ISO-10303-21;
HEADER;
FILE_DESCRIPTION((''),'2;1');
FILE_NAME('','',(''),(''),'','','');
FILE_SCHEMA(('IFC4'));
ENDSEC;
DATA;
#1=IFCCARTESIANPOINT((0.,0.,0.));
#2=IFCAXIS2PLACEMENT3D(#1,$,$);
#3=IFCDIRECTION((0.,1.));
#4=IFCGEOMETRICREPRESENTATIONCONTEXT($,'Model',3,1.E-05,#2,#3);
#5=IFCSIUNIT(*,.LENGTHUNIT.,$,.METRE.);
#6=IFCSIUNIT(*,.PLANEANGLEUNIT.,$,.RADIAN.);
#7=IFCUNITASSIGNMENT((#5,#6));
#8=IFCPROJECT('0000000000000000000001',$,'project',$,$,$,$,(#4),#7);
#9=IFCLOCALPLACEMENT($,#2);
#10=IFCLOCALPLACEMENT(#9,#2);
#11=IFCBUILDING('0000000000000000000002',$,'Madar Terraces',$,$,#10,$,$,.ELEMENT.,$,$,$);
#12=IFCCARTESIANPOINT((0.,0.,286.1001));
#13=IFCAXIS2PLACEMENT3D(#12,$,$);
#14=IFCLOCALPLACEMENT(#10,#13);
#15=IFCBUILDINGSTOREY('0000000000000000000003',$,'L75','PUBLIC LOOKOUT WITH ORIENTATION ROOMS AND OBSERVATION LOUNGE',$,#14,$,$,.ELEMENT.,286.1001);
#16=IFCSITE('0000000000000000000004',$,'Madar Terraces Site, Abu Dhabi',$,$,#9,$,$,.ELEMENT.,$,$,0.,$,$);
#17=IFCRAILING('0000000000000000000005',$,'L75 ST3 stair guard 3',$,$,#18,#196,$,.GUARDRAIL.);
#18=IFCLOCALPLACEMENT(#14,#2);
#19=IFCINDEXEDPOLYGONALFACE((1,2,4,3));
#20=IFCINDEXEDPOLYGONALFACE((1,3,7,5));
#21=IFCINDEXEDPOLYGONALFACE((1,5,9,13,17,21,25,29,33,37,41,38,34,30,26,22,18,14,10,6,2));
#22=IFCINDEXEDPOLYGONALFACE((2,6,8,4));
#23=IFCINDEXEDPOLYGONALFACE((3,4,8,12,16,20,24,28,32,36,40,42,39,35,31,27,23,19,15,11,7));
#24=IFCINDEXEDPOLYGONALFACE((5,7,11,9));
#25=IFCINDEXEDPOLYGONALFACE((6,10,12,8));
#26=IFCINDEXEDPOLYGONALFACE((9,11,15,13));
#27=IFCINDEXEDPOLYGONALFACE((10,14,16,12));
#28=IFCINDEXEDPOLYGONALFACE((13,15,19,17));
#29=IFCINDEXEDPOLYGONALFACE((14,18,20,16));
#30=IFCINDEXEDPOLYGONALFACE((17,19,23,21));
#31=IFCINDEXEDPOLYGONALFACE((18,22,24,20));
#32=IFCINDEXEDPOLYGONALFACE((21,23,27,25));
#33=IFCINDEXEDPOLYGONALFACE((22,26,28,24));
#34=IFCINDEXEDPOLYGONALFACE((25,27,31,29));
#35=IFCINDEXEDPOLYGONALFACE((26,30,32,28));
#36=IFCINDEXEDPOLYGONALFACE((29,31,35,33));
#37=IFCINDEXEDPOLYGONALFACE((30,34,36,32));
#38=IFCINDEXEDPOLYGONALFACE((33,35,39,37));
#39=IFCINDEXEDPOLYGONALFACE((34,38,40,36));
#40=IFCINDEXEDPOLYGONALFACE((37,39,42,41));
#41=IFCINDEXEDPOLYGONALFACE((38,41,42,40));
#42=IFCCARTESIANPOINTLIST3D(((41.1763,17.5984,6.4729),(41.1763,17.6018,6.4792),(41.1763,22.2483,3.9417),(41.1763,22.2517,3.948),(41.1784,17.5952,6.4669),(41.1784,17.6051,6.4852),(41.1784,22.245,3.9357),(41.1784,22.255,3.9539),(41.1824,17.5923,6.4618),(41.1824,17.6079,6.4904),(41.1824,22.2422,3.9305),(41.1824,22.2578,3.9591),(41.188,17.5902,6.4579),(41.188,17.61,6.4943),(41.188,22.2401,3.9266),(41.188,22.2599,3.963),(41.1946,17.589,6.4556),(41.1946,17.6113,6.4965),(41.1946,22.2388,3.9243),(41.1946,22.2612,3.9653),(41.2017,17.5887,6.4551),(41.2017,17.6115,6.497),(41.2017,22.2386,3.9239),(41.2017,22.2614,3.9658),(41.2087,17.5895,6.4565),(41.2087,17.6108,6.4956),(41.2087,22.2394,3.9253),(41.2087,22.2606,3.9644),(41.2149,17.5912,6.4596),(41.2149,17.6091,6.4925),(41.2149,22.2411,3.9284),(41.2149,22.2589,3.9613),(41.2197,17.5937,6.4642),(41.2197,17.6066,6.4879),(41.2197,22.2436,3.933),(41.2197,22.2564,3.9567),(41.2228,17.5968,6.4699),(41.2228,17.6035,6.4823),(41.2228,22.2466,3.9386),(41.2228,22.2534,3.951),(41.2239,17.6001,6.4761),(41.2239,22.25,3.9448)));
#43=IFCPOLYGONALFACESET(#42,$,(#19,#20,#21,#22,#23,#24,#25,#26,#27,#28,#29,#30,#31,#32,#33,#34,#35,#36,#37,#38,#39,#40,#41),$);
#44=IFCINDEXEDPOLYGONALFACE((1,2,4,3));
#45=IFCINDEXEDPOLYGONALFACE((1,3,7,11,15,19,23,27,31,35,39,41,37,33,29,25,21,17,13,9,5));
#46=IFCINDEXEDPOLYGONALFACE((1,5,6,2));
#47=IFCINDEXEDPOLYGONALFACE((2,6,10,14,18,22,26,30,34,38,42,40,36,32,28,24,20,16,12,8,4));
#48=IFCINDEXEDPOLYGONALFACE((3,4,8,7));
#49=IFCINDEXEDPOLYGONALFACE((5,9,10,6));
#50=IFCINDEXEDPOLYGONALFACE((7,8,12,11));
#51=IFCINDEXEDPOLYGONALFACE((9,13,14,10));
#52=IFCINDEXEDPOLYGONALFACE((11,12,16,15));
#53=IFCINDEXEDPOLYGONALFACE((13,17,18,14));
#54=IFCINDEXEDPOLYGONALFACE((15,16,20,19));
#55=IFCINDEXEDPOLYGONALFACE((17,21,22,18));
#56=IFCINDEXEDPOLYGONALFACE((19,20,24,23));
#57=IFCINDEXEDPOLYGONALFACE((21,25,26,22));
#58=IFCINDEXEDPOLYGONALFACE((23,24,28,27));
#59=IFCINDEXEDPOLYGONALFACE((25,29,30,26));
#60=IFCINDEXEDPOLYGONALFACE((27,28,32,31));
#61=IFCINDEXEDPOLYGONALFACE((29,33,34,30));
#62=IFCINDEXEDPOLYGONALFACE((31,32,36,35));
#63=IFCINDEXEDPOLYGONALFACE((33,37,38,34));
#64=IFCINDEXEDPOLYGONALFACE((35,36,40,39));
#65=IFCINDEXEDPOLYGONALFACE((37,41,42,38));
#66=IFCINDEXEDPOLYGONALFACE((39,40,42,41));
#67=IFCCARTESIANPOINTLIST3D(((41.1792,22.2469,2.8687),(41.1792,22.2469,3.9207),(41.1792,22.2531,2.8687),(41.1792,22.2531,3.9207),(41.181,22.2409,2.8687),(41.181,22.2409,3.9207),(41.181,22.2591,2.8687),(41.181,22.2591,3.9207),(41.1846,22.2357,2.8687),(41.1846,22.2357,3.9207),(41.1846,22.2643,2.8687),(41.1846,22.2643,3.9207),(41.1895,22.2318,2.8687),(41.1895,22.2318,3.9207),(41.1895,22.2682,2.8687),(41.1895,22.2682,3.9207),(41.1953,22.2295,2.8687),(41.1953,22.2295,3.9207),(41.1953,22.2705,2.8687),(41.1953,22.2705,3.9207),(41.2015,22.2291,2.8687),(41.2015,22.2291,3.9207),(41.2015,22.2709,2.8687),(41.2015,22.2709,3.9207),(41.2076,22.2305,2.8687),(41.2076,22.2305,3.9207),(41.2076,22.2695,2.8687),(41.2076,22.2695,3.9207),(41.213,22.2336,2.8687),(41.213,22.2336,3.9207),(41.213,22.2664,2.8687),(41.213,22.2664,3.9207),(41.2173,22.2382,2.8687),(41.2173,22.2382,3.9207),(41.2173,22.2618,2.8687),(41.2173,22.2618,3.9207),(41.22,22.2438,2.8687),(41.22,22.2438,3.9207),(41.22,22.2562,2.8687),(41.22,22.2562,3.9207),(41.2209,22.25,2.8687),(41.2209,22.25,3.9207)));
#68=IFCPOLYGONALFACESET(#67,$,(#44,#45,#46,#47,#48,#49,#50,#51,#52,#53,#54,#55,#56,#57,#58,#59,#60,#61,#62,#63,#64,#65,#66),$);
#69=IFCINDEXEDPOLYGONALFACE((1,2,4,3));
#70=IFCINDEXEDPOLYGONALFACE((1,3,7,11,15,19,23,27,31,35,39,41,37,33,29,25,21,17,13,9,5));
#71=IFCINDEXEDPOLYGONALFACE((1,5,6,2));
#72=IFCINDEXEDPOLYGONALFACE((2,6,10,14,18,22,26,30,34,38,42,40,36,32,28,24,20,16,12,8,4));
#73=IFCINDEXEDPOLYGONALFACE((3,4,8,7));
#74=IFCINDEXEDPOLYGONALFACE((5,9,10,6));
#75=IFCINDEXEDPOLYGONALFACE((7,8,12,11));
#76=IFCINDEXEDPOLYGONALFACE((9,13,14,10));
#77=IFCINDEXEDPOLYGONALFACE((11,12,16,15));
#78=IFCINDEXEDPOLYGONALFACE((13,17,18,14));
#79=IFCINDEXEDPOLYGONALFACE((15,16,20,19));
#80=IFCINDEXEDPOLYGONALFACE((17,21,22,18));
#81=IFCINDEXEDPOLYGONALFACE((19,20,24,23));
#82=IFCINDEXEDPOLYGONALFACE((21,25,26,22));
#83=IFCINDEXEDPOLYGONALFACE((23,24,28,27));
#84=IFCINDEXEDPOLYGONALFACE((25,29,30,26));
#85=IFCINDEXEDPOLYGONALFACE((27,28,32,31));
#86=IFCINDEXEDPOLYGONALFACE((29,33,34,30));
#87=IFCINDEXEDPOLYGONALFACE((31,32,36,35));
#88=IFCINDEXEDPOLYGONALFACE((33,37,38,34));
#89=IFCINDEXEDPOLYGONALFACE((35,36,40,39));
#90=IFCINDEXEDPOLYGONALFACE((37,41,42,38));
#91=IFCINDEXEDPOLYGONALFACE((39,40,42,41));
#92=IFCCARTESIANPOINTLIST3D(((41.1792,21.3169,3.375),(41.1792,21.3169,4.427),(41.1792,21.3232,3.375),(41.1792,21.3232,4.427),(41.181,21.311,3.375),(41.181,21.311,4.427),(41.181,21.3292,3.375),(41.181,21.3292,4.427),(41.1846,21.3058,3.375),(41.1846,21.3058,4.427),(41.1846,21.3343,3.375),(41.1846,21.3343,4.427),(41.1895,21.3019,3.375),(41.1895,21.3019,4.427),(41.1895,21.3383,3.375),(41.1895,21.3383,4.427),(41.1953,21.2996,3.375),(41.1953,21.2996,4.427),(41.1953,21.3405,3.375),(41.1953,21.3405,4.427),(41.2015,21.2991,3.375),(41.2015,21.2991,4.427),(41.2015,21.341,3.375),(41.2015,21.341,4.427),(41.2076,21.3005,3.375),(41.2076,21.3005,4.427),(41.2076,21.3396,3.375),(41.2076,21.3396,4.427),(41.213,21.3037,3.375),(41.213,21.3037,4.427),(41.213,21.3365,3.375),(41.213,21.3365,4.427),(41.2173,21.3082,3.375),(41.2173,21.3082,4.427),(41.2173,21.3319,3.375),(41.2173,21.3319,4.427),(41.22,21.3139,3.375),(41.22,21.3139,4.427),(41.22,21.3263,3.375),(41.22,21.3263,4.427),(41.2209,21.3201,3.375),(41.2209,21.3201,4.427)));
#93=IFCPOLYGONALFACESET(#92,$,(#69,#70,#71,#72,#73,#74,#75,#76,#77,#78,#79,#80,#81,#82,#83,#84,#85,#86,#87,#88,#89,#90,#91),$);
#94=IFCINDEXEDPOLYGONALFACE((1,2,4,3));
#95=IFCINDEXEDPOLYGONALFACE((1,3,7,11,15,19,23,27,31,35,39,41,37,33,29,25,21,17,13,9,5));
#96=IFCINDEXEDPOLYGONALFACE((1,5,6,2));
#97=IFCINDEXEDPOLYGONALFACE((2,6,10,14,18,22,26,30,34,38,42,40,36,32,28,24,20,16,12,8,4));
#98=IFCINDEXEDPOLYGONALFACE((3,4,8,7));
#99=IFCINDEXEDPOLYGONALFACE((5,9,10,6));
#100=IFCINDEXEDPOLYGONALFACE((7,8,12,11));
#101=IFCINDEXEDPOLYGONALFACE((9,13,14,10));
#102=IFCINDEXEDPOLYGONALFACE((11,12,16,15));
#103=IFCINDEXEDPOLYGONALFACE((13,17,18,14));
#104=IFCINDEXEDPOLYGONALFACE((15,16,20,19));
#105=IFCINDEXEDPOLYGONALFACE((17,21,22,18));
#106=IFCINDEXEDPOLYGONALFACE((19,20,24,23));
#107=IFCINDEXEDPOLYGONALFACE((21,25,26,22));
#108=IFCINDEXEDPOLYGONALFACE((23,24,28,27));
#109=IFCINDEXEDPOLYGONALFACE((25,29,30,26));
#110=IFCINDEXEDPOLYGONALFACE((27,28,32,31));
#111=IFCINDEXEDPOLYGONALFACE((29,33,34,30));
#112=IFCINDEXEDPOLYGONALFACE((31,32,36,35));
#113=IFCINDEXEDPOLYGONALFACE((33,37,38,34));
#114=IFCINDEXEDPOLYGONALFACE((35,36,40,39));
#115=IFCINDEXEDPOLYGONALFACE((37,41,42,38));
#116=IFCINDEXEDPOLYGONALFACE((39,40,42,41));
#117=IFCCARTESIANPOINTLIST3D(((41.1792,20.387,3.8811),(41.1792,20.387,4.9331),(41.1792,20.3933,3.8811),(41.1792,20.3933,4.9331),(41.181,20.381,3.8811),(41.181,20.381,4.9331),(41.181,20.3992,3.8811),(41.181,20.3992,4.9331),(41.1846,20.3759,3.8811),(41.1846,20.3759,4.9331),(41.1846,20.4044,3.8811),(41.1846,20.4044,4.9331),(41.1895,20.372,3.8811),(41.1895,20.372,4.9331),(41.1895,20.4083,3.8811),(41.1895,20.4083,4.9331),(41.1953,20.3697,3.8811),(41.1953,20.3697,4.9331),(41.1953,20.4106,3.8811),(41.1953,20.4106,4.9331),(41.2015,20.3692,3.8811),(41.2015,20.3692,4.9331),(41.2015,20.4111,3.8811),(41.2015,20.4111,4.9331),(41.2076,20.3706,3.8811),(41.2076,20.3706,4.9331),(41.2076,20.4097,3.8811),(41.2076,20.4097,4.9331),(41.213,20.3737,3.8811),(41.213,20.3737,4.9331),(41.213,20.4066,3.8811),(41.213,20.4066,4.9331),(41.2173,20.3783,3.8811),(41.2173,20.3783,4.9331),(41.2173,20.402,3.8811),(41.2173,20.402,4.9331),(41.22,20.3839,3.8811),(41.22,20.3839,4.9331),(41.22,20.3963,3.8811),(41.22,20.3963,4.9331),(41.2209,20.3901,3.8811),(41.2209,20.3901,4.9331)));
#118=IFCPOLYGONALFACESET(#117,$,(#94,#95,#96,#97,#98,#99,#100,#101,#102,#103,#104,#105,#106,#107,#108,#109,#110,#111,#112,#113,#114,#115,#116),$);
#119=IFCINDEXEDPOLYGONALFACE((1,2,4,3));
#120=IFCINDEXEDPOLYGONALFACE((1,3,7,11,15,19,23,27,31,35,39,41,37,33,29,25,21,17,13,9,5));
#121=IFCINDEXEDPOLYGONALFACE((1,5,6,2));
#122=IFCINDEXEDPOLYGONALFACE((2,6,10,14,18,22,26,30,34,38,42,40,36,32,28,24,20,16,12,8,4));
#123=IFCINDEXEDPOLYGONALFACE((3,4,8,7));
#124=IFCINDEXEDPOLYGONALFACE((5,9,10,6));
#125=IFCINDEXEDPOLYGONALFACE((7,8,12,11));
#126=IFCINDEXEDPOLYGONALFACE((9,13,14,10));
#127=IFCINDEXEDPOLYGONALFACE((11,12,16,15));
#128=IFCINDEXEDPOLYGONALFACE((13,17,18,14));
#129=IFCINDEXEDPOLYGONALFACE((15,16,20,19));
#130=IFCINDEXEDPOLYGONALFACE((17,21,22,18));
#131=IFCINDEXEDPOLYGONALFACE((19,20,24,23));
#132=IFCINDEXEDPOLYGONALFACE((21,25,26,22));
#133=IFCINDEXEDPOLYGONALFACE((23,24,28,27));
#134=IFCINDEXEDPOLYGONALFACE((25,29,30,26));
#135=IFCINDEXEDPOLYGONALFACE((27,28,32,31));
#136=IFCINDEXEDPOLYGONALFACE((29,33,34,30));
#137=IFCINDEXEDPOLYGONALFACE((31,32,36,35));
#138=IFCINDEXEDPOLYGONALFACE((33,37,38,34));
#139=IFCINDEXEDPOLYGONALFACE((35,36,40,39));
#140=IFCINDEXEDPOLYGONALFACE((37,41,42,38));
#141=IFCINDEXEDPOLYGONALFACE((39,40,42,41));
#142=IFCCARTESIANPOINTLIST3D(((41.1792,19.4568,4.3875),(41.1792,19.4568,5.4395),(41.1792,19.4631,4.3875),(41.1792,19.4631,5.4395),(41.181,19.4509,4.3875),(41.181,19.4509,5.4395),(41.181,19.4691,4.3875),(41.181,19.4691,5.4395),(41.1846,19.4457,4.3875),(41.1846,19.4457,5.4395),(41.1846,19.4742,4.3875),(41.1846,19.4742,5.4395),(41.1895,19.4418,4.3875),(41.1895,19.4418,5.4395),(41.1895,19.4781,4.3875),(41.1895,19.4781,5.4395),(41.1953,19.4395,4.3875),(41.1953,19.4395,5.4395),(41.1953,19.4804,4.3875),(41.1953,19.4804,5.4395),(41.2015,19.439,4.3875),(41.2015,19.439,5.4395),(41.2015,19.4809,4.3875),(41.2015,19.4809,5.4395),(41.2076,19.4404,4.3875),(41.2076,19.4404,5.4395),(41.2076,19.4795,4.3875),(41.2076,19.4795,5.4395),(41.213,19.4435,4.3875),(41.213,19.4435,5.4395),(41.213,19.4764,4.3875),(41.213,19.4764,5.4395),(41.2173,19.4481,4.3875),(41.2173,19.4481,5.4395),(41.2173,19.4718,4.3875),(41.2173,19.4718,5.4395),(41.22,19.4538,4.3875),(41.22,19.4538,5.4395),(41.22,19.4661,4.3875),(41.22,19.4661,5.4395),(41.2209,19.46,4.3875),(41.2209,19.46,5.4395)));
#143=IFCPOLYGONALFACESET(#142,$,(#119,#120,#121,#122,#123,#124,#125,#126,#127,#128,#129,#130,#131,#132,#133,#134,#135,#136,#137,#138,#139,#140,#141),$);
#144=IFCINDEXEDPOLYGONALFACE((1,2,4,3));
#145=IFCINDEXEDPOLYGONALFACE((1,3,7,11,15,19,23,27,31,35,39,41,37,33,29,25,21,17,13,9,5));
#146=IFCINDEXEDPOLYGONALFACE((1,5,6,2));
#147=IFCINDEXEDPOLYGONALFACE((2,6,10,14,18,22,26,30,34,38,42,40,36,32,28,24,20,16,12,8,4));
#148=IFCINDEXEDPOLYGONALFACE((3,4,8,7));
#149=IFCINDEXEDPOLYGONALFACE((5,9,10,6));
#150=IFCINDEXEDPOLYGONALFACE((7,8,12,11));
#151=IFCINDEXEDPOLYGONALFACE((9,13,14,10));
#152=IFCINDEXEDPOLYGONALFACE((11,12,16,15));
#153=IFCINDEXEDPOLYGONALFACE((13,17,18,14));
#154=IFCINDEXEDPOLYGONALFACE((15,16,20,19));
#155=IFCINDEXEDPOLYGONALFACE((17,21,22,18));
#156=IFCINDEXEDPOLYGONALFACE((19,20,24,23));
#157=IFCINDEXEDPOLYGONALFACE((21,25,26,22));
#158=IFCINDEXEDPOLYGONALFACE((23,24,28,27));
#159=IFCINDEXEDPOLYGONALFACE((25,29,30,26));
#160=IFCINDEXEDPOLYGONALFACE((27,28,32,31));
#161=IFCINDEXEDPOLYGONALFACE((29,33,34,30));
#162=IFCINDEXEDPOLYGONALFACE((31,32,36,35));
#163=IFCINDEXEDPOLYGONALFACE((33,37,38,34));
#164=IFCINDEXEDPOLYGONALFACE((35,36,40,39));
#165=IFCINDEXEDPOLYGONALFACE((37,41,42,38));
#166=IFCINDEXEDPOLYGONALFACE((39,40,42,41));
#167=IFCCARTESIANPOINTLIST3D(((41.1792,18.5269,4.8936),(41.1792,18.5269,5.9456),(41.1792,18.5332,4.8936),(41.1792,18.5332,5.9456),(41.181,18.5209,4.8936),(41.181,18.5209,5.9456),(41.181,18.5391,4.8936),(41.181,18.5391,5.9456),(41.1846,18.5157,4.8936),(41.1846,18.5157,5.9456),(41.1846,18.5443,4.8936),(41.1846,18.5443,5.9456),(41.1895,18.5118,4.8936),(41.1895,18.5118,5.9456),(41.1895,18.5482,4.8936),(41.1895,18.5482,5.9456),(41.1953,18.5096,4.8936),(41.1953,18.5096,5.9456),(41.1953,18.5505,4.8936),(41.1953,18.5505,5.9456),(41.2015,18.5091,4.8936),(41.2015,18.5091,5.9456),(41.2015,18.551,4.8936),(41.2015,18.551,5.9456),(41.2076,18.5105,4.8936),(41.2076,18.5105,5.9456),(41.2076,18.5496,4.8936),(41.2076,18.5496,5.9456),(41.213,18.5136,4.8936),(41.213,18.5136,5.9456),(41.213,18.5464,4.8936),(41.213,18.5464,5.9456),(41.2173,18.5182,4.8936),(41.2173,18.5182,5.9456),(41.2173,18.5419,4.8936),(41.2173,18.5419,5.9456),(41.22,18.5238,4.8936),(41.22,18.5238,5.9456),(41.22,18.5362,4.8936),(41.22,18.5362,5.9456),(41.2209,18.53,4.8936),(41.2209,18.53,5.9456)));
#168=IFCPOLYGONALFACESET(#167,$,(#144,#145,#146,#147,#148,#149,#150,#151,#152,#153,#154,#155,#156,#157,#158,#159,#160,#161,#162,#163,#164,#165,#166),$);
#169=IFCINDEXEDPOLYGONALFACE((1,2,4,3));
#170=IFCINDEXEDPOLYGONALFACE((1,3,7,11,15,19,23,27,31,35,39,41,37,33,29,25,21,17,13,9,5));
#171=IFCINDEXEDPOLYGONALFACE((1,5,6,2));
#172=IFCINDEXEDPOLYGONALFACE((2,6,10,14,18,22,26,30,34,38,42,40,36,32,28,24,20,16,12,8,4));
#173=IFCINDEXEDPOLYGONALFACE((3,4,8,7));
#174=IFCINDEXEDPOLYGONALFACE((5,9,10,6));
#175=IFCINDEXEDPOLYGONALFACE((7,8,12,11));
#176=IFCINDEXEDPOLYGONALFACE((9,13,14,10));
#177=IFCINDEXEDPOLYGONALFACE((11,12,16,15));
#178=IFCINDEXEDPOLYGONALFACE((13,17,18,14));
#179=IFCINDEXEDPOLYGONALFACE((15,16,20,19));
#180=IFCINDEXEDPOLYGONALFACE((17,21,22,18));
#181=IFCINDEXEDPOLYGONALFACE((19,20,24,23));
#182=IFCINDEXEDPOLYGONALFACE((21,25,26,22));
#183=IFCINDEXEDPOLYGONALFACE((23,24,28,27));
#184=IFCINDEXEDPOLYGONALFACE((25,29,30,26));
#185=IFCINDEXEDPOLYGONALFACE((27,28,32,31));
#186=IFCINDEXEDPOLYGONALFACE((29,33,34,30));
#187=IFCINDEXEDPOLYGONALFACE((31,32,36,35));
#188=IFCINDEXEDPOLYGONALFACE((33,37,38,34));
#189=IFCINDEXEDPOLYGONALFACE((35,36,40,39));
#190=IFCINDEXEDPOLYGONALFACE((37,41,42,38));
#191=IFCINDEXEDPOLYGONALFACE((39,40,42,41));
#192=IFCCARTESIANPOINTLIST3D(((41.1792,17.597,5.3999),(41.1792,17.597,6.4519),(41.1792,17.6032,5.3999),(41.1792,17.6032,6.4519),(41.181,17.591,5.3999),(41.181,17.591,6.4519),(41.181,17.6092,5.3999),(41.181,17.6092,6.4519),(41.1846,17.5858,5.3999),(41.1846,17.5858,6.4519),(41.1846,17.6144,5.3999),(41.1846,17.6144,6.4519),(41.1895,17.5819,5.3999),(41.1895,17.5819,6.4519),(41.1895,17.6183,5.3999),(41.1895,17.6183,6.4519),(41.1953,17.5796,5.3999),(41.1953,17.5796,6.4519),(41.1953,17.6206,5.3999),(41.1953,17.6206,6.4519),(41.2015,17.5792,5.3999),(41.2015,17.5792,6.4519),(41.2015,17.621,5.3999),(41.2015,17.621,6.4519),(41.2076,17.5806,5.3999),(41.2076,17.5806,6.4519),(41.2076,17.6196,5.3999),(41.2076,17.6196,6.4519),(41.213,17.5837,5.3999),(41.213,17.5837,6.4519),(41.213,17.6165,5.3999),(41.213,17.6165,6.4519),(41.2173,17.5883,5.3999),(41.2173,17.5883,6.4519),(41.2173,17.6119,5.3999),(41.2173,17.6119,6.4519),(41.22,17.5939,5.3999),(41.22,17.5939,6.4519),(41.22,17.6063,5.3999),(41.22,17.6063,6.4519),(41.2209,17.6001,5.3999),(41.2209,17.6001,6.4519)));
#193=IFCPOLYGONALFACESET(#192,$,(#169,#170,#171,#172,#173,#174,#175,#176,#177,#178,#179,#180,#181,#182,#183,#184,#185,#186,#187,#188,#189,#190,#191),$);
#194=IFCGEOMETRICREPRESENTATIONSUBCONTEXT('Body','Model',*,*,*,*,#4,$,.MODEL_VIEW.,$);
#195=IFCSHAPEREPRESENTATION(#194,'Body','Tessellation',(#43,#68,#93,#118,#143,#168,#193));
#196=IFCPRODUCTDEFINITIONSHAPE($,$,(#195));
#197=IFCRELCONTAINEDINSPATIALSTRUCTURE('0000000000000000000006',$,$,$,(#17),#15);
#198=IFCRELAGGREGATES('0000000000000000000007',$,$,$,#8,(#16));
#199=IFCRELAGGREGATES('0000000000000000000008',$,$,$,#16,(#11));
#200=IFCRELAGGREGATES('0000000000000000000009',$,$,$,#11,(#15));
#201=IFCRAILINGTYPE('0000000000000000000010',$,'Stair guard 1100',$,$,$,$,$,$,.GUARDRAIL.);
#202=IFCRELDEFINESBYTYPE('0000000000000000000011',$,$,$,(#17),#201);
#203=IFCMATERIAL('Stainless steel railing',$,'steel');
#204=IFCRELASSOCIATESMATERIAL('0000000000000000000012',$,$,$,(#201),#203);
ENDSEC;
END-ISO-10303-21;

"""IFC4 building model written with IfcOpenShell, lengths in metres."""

from ifc_helpers import new_model, si_unit, direction, frame, origin, origin_2d, place, context, subcontext, project, spatial, circle, extrude, material, type_object, element, save


model = new_model("IFC4")

# Units and contexts
model_context = context("Model", 3, precision=1e-05, world=origin(), true_north=direction((0.0, 1.0)))
body_context = subcontext(model_context, "Body", "Model", "MODEL_VIEW")
ifc_project = project(units=[si_unit("LENGTHUNIT", "METRE"), si_unit("PLANEANGLEUNIT", "RADIAN")], contexts=[model_context])

# Site, building, storey
site_placement = place(None, origin())
site = spatial("IfcSite", under=ifc_project, at=site_placement, Name="Madar Terraces Site, Abu Dhabi", CompositionType="ELEMENT", RefElevation=0.0)
building_placement = place(site_placement, origin())
building = spatial("IfcBuilding", under=site, at=building_placement, Name="Madar Terraces", CompositionType="ELEMENT")
storey_placement = place(building_placement, frame((0.0, 0.0, 286.1001)))
storey = spatial("IfcBuildingStorey", under=building, at=storey_placement, Name="L75", Description="PUBLIC LOOKOUT WITH ORIENTATION ROOMS AND OBSERVATION LOUNGE", CompositionType="ELEMENT", Elevation=286.1001)

# Railing
ifc_material_1 = material(Name="Stainless steel railing", Category="steel")
railing_type_1 = type_object("IfcRailingType", Name="Stair guard 1100", PredefinedType="GUARDRAIL", material=ifc_material_1)
railing_1_placement = place(storey_placement, frame((41.2, 22.25, 2.8687)))
element("IfcRailing", 1, at=railing_1_placement, inside=storey, type_object=railing_type_1, Name="L75 ST3 stair guard 3", PredefinedType="GUARDRAIL", context=body_context, shape_type="SweptSolid", body=[
    extrude(circle(Radius=0.0239, at=origin_2d()), frame((0.0, 0.0, 1.0762), z_axis=(0.0, -0.878297, 0.478115), x_axis=(1.0, 0.0, 0.0)), (0.0, 0.0, 1.0), 5.2942),
    extrude(circle(Radius=0.021, at=origin_2d()), origin(), (0.0, 0.0, 1.0), 1.052),
    extrude(circle(Radius=0.021, at=origin_2d()), frame((0.0, -0.9299, 0.5063)), (0.0, 0.0, 1.0), 1.052),
    extrude(circle(Radius=0.021, at=origin_2d()), frame((0.0, -1.8599, 1.0125)), (0.0, 0.0, 1.0), 1.052),
    extrude(circle(Radius=0.021, at=origin_2d()), frame((0.0, -2.79, 1.5188)), (0.0, 0.0, 1.0), 1.052),
    extrude(circle(Radius=0.021, at=origin_2d()), frame((0.0, -3.72, 2.0249)), (0.0, 0.0, 1.0), 1.052),
    extrude(circle(Radius=0.021, at=origin_2d()), frame((0.0, -4.6499, 2.5312)), (0.0, 0.0, 1.0), 1.052),
])

save(model, "model.ifc")
